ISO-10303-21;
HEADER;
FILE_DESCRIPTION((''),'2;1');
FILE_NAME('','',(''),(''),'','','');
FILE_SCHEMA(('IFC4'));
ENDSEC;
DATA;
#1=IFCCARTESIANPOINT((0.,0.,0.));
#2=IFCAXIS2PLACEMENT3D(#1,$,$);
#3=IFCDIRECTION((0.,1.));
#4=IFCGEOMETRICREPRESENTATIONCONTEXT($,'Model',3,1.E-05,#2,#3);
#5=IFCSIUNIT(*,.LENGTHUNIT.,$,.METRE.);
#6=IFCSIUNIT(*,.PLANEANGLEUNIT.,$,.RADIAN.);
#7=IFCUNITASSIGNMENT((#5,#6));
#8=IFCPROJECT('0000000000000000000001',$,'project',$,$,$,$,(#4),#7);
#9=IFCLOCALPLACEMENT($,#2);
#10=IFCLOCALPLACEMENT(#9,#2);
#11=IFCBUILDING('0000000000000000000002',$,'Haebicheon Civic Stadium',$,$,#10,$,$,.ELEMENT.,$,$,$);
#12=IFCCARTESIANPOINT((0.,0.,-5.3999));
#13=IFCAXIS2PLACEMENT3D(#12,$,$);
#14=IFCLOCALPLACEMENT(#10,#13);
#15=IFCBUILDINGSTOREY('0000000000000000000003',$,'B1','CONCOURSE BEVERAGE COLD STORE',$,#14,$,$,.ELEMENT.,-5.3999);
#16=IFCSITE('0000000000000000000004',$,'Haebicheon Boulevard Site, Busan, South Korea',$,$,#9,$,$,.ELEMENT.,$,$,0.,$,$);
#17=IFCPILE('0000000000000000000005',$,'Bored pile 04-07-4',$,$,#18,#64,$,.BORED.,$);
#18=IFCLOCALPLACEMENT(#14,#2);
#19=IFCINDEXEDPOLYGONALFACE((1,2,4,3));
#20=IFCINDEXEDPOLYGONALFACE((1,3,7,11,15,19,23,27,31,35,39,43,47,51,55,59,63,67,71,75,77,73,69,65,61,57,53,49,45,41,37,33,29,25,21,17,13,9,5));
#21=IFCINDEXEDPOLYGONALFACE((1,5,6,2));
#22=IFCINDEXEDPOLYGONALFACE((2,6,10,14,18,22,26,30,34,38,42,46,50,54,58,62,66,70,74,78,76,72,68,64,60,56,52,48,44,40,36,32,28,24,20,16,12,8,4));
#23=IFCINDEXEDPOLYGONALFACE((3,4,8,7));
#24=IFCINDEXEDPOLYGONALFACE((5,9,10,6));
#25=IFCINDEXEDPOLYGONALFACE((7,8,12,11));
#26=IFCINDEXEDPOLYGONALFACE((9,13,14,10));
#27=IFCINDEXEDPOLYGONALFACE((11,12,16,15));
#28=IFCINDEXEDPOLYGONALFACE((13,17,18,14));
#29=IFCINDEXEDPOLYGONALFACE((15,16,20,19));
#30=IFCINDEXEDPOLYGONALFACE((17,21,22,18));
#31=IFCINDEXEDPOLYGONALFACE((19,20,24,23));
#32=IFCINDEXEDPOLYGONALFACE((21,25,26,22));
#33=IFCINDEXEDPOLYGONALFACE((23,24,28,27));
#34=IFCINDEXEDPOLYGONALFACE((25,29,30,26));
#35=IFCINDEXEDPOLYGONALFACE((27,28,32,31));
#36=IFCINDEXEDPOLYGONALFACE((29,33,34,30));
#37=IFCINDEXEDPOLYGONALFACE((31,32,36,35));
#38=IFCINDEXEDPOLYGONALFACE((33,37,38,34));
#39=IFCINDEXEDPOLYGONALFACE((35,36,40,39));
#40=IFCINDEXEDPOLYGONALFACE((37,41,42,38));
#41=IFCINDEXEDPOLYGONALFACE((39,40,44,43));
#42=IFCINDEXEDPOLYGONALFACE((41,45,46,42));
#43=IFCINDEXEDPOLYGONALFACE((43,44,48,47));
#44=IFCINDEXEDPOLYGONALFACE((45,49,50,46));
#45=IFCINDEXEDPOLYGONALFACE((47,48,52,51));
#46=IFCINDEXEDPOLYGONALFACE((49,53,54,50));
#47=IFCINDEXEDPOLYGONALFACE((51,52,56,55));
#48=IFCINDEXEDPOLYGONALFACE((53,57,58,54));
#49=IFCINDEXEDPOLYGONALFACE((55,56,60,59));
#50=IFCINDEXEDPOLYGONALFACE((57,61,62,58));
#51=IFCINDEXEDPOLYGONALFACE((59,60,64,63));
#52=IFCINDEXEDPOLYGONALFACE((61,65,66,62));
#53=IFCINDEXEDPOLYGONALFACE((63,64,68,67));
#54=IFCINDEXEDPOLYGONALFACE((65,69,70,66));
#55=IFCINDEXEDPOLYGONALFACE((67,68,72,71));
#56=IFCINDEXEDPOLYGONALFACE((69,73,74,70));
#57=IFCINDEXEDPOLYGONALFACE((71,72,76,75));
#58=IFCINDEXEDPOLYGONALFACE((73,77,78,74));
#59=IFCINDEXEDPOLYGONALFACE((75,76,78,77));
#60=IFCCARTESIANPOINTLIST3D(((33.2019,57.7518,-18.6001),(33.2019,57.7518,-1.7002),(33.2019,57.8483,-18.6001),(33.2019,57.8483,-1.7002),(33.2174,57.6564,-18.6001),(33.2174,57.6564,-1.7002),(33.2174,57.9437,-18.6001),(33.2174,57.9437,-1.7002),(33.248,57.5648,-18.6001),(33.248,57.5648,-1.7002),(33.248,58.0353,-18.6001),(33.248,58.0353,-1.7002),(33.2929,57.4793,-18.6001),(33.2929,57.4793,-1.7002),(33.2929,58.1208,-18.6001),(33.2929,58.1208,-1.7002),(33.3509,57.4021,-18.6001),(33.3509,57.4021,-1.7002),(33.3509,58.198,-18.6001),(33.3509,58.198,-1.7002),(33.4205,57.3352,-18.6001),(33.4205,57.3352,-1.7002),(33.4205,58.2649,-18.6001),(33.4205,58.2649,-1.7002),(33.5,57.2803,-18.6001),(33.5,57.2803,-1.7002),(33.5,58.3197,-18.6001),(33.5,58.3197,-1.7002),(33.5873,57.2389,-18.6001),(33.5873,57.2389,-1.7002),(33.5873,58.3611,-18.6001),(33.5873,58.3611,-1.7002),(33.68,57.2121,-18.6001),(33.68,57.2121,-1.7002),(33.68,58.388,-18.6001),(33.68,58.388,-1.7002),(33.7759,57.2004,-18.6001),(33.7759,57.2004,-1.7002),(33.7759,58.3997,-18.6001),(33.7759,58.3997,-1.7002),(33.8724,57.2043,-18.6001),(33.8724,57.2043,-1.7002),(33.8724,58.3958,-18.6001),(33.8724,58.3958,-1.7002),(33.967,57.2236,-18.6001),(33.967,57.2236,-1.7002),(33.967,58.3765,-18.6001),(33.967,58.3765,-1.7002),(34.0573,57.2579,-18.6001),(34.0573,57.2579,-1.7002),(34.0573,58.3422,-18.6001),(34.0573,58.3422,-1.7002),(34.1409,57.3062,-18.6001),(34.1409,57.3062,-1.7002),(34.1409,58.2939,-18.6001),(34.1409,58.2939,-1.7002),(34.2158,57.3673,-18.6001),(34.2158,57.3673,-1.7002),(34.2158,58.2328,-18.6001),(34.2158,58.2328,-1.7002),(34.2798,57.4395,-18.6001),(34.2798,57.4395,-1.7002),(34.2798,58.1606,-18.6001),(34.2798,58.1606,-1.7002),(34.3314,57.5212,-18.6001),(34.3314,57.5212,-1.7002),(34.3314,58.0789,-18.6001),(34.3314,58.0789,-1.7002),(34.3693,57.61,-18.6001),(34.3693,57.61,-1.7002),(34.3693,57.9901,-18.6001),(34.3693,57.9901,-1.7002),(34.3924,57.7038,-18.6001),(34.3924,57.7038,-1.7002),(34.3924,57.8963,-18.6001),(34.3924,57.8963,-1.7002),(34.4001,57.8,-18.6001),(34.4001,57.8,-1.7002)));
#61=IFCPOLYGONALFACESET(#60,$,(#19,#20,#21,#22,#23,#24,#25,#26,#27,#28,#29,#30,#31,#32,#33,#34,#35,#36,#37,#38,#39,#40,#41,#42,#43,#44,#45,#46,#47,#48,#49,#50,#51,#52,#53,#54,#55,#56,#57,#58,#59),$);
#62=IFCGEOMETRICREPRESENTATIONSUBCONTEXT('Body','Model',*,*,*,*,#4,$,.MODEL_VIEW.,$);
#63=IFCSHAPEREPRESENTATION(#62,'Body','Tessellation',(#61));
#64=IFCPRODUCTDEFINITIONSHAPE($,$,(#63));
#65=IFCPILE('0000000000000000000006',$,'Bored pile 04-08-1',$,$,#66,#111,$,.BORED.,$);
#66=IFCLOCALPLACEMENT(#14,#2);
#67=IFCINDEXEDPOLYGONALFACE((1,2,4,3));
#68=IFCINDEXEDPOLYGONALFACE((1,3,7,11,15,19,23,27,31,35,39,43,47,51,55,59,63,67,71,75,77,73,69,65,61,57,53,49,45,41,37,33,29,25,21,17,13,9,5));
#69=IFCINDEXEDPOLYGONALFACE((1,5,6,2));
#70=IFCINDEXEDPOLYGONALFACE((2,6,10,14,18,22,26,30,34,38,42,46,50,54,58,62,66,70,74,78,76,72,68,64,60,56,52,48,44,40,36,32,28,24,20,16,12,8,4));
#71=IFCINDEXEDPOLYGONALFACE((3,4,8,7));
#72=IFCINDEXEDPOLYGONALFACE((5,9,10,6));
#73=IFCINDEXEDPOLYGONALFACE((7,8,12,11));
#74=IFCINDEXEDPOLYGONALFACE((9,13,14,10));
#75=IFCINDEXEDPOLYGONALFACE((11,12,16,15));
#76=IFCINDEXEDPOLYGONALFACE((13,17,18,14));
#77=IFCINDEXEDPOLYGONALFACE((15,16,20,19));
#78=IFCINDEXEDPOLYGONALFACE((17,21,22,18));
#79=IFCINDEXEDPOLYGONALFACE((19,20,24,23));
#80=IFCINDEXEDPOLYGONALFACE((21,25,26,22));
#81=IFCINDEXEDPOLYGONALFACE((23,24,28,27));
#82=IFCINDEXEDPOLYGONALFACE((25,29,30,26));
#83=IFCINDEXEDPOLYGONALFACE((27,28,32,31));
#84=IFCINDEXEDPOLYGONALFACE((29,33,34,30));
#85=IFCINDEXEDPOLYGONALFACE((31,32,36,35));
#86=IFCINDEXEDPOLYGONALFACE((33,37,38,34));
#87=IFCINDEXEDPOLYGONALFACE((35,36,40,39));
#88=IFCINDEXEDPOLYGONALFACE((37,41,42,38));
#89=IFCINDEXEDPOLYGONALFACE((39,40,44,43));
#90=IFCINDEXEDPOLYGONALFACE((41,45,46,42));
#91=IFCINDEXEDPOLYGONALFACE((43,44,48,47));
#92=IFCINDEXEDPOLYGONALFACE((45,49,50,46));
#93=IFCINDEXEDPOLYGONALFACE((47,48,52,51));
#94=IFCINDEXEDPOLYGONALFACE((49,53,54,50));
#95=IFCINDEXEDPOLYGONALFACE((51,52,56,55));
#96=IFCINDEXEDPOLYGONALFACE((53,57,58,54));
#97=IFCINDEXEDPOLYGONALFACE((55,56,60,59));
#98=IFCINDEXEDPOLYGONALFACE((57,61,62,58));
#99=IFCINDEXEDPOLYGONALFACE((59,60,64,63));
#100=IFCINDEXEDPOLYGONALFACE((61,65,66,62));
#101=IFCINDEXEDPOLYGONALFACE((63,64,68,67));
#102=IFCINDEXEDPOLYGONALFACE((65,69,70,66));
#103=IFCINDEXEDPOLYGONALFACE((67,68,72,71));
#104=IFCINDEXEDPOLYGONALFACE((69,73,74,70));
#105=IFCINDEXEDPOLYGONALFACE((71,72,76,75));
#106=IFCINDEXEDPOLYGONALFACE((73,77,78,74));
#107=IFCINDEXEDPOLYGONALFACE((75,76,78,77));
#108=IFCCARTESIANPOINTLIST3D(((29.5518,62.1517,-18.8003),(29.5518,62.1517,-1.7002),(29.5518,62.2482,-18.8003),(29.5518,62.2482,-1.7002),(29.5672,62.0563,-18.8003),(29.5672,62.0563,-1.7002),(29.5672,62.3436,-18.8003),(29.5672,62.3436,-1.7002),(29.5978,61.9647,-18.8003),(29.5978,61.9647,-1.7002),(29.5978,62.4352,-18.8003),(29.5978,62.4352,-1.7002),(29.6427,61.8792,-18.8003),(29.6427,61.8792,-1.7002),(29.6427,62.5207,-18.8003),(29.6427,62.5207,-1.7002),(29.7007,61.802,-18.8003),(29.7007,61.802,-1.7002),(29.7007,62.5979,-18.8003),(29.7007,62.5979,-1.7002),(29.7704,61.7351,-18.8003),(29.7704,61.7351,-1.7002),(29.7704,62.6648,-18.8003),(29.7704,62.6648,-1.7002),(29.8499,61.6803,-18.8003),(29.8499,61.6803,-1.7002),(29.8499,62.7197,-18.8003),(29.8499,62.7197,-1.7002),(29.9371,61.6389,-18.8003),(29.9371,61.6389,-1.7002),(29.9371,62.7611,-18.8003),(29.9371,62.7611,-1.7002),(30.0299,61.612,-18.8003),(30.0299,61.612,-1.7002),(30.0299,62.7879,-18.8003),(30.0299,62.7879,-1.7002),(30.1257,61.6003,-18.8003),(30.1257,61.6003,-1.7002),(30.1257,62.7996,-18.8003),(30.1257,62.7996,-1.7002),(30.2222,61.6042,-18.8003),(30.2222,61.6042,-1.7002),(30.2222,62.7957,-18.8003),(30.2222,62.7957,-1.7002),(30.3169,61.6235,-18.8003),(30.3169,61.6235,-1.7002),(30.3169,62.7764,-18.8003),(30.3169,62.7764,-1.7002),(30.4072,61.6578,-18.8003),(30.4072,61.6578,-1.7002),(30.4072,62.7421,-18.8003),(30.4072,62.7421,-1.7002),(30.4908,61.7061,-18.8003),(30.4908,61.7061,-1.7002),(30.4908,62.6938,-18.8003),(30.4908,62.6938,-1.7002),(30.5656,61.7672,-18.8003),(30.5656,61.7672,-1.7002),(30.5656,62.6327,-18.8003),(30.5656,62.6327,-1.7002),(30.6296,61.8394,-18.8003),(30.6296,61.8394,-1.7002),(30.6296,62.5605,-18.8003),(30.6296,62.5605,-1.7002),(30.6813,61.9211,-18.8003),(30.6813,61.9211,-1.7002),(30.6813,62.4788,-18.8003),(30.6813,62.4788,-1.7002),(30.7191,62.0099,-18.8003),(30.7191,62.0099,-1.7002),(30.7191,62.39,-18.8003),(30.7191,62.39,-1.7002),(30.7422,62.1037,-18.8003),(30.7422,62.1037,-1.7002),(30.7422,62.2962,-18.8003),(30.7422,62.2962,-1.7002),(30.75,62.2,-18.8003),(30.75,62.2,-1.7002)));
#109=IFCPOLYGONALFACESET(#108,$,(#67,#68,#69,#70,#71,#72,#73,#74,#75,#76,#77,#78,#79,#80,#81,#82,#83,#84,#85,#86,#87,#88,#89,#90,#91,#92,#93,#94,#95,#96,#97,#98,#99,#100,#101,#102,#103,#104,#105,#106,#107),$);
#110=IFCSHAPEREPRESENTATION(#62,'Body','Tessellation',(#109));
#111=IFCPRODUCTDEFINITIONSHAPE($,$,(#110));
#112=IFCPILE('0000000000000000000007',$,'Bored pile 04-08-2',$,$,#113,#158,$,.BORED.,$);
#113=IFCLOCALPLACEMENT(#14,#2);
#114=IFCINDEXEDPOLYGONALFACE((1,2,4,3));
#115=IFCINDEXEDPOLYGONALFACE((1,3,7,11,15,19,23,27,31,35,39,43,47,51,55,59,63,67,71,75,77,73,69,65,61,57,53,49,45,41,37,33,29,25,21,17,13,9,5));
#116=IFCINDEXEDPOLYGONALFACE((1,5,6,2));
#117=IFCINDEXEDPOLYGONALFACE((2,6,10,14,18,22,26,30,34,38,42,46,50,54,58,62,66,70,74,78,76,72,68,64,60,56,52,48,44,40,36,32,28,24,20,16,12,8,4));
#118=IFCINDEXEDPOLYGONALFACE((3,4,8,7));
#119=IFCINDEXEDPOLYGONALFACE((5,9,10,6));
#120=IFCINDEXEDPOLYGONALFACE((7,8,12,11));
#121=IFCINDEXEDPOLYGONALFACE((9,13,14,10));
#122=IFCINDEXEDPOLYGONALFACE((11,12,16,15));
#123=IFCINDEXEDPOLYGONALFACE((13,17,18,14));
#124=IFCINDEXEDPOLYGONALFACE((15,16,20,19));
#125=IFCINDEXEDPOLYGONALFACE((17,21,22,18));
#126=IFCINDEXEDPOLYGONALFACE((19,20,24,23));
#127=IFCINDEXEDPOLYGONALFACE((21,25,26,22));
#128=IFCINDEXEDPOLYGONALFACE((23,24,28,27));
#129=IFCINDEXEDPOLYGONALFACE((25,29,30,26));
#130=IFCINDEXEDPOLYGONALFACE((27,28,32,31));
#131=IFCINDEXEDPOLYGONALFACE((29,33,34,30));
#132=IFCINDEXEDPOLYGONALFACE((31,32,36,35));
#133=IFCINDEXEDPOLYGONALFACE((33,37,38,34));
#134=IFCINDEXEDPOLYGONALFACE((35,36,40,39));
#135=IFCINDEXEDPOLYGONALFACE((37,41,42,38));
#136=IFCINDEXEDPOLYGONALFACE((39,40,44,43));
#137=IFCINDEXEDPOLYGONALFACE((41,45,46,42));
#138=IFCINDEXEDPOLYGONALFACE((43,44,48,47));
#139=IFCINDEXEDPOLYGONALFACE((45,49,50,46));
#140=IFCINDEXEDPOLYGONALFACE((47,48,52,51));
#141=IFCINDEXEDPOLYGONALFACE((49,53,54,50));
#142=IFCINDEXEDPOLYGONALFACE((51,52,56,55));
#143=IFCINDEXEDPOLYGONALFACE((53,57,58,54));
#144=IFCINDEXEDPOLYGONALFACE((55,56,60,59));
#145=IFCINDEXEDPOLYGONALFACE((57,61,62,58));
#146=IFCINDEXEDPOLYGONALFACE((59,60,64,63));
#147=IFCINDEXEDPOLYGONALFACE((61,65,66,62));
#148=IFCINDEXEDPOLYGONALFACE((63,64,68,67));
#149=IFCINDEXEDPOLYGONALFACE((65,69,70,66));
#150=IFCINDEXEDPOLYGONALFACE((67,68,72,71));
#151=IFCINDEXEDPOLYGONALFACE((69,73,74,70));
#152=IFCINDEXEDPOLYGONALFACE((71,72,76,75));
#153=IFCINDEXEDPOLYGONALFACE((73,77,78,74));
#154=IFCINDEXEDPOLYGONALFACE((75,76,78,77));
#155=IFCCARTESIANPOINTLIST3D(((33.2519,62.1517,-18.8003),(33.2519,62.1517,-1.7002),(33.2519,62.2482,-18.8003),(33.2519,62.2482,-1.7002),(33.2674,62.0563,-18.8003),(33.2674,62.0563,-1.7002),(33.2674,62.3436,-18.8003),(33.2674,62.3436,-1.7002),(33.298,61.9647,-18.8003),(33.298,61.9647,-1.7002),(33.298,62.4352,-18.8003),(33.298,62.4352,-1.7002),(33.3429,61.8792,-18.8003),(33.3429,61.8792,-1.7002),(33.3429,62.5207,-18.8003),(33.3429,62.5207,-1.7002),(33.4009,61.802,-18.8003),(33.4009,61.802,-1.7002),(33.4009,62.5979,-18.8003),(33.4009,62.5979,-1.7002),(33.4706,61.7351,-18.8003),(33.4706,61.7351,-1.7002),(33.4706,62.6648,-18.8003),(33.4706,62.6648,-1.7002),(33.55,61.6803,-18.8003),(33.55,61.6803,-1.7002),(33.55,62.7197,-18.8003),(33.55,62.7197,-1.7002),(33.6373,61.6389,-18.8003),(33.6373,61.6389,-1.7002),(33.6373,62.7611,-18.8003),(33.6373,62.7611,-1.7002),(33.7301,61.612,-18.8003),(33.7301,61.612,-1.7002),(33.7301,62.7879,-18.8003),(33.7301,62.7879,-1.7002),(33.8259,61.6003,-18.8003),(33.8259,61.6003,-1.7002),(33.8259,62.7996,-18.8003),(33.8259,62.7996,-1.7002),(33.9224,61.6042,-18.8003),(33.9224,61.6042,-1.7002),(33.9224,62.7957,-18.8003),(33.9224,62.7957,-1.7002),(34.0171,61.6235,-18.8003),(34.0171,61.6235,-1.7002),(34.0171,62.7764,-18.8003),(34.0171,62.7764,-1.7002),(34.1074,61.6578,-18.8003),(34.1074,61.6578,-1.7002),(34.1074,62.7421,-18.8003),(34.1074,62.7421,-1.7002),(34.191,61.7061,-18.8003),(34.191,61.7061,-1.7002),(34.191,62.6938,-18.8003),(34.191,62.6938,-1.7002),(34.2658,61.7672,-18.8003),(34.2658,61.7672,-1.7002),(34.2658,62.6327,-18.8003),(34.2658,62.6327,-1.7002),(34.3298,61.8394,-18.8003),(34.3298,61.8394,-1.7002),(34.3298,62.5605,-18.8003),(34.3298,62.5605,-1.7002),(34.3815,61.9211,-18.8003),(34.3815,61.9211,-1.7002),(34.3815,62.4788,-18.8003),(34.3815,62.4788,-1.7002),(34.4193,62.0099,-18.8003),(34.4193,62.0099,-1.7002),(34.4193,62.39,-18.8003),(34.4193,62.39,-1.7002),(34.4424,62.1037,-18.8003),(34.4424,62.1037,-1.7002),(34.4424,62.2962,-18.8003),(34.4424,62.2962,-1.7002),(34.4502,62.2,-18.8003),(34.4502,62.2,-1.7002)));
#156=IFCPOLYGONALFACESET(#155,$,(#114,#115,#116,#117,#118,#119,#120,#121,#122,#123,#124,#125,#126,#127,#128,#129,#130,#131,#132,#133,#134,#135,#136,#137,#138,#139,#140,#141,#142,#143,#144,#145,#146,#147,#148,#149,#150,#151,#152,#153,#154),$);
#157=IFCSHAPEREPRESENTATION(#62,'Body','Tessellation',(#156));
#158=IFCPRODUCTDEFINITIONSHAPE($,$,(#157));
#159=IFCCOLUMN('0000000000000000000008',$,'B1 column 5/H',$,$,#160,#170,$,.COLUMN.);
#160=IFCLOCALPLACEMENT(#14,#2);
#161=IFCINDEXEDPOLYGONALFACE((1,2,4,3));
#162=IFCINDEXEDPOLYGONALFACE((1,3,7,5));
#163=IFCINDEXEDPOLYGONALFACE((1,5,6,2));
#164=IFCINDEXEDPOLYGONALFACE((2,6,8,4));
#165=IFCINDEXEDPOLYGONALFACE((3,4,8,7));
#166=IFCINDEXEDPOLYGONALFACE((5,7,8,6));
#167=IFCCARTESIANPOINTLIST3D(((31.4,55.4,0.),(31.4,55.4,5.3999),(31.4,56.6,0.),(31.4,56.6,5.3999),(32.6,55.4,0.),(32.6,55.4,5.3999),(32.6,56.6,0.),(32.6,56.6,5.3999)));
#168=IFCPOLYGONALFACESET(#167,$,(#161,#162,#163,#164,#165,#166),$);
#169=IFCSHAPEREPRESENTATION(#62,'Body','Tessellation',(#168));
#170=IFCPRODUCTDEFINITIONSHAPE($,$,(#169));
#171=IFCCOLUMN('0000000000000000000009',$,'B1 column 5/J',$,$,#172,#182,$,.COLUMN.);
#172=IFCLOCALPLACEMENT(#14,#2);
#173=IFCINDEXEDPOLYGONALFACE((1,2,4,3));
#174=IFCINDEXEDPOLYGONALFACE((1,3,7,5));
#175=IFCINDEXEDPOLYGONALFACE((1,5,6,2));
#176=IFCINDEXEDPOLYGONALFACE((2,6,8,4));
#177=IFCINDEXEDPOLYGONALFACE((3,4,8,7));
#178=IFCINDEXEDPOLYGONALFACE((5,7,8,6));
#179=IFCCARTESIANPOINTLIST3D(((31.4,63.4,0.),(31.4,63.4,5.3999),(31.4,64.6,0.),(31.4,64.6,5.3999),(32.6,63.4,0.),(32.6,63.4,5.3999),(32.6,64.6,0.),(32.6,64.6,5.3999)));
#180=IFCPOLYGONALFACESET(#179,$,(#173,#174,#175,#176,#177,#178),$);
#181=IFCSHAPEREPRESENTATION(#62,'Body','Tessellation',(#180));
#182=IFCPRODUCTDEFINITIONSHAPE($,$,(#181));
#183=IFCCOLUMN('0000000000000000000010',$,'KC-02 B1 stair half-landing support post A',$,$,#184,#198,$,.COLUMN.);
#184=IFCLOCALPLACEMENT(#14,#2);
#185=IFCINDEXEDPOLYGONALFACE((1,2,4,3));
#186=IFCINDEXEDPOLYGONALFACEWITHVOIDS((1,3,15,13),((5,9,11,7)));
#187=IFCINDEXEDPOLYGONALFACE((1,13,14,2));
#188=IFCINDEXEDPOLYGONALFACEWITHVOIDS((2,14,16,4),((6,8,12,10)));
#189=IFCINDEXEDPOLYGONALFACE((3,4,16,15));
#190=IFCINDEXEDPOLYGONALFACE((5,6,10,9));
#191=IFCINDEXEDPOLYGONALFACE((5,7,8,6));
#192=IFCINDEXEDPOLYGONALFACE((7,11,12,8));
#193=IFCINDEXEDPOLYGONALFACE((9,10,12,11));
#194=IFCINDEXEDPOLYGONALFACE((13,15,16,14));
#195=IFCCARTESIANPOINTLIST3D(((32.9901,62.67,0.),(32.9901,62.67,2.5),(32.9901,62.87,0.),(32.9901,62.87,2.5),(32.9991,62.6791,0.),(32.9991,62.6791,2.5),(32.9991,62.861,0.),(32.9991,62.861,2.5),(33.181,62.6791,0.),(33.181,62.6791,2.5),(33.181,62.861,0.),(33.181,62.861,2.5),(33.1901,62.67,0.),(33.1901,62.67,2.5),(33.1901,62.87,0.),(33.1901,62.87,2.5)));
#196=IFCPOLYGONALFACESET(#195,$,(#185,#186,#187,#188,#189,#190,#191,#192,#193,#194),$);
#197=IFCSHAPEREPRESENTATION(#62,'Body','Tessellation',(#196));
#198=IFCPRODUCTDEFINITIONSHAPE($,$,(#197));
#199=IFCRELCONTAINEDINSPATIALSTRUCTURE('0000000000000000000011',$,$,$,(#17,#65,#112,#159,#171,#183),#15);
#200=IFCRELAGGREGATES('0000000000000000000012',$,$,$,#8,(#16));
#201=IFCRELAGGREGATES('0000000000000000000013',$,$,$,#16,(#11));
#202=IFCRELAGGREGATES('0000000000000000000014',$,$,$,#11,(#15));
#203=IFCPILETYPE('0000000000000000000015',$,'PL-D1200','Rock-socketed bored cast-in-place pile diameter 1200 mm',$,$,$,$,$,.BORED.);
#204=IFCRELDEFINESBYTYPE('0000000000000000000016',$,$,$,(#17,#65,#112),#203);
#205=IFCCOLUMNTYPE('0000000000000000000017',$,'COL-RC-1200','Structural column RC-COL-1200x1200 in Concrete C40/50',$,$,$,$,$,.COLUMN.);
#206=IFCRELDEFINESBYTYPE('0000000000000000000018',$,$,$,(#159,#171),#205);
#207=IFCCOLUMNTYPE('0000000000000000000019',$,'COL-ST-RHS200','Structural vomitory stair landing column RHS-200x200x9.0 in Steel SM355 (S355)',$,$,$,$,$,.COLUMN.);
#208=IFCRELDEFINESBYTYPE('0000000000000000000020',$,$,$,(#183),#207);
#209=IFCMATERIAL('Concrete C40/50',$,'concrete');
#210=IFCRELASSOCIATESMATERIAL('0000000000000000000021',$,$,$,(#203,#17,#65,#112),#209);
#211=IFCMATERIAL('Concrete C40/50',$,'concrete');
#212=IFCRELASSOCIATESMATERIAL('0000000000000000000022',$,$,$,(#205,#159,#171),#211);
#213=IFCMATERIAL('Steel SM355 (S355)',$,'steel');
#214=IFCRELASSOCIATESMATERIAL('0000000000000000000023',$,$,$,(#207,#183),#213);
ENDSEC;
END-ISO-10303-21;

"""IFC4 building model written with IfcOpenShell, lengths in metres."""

from ifc_helpers import new_model, si_unit, direction, frame, origin, origin_2d, place, context, subcontext, project, spatial, rectangle, hollow_rectangle, circle, extrude, material, material_profile, profile_set, type_object, element, save


model = new_model("IFC4")

# Units and contexts
model_context = context("Model", 3, precision=1e-05, world=origin(), true_north=direction((0.0, 1.0)))
body_context = subcontext(model_context, "Body", "Model", "MODEL_VIEW")
ifc_project = project(units=[si_unit("LENGTHUNIT", "METRE"), si_unit("PLANEANGLEUNIT", "RADIAN")], contexts=[model_context])

# Site, building, storey
site_placement = place(None, origin())
site = spatial("IfcSite", under=ifc_project, at=site_placement, Name="Haebicheon Boulevard Site, Busan, South Korea", CompositionType="ELEMENT", RefElevation=0.0)
building_placement = place(site_placement, origin())
building = spatial("IfcBuilding", under=site, at=building_placement, Name="Haebicheon Civic Stadium", CompositionType="ELEMENT")
storey_placement = place(building_placement, frame((0.0, 0.0, -5.3999)))
storey = spatial("IfcBuildingStorey", under=building, at=storey_placement, Name="B1", Description="CONCOURSE BEVERAGE COLD STORE", CompositionType="ELEMENT", Elevation=-5.3999)

# Piles
ifc_material_1 = material(Name="Concrete C40/50", Category="concrete")
ifc_material_profile_1 = material_profile(ifc_material_1, circle(Radius=0.6001, at=origin_2d()), Name="PILE-D1200")
ifc_profile_set_1 = profile_set([ifc_material_profile_1], Name="Concrete C40/50")
pile_type = type_object("IfcPileType", Name="PL-D1200", Description="Rock-socketed bored cast-in-place pile diameter 1200 mm", PredefinedType="BORED", material=ifc_profile_set_1)
for number, where, z_axis, x_axis, name in (
    (1, (33.8, 57.8, -1.7002), (0.0, 0.0, -1.0), (1.0, 0.0, 0.0), "Bored pile 04-07-4"),
):
    element("IfcPile", number, at=place(storey_placement, frame(where, z_axis=z_axis, x_axis=x_axis)), inside=storey, type_object=pile_type, material=ifc_profile_set_1, Name=name, PredefinedType="BORED", context=body_context, shape_type="SweptSolid", body=[
        extrude(circle(Radius=0.6001, at=origin_2d()), origin(), (0.0, 0.0, 1.0), 16.8999),
    ])
for number, where, z_axis, x_axis, name in (
    (2, (30.1499, 62.2, -1.7002), (0.0, 0.0, -1.0), (1.0, 0.0, 0.0), "Bored pile 04-08-1"),
    (3, (33.8501, 62.2, -1.7002), (0.0, 0.0, -1.0), (1.0, 0.0, 0.0), "Bored pile 04-08-2"),
):
    element("IfcPile", number, at=place(storey_placement, frame(where, z_axis=z_axis, x_axis=x_axis)), inside=storey, type_object=pile_type, material=ifc_profile_set_1, Name=name, PredefinedType="BORED", context=body_context, shape_type="SweptSolid", body=[
        extrude(circle(Radius=0.6001, at=origin_2d()), origin(), (0.0, 0.0, 1.0), 17.1001),
    ])

# Columns
ifc_material_2 = material(Name="Concrete C40/50", Category="concrete")
ifc_material_profile_2 = material_profile(ifc_material_2, rectangle(XDim=1.2, YDim=1.2, at=origin_2d()), Name="RC-COL-1200x1200")
ifc_profile_set_2 = profile_set([ifc_material_profile_2], Name="Concrete C40/50")
column_type_1 = type_object("IfcColumnType", Name="COL-RC-1200", Description="Structural column RC-COL-1200x1200 in Concrete C40/50", PredefinedType="COLUMN", material=ifc_profile_set_2)
for number, where, z_axis, x_axis, name in (
    (4, (32.0, 56.0, 0.0), (0.0, 0.0, 1.0), (1.0, 0.0, 0.0), "B1 column 5/H"),
    (5, (32.0, 64.0, 0.0), (0.0, 0.0, 1.0), (1.0, 0.0, 0.0), "B1 column 5/J"),
):
    element("IfcColumn", number, at=place(storey_placement, frame(where, z_axis=z_axis, x_axis=x_axis)), inside=storey, type_object=column_type_1, material=ifc_profile_set_2, Name=name, PredefinedType="COLUMN", context=body_context, shape_type="SweptSolid", body=[
        extrude(rectangle(XDim=1.2, YDim=1.2, at=origin_2d()), origin(), (0.0, 0.0, 1.0), 5.3999),
    ])
ifc_material_3 = material(Name="Steel SM355 (S355)", Category="steel")
ifc_material_profile_3 = material_profile(ifc_material_3, hollow_rectangle(XDim=0.2, YDim=0.2, WallThickness=0.009, at=origin_2d()), Name="RHS-200x200x9.0")
ifc_profile_set_3 = profile_set([ifc_material_profile_3], Name="Steel SM355 (S355)")
column_type_2 = type_object("IfcColumnType", Name="COL-ST-RHS200", Description="Structural vomitory stair landing column RHS-200x200x9.0 in Steel SM355 (S355)", PredefinedType="COLUMN", material=ifc_profile_set_3)
column_placement = place(storey_placement, frame((33.0901, 62.77, 0.0), z_axis=(0.0, 0.0, 1.0), x_axis=(1.0, 0.0, 0.0)))
element("IfcColumn", 6, at=column_placement, inside=storey, type_object=column_type_2, material=ifc_profile_set_3, Name="KC-02 B1 stair half-landing support post A", PredefinedType="COLUMN", context=body_context, shape_type="SweptSolid", body=[
    extrude(hollow_rectangle(XDim=0.2, YDim=0.2, WallThickness=0.009, at=origin_2d()), origin(), (0.0, 0.0, 1.0), 2.5),
])

save(model, "model.ifc")
